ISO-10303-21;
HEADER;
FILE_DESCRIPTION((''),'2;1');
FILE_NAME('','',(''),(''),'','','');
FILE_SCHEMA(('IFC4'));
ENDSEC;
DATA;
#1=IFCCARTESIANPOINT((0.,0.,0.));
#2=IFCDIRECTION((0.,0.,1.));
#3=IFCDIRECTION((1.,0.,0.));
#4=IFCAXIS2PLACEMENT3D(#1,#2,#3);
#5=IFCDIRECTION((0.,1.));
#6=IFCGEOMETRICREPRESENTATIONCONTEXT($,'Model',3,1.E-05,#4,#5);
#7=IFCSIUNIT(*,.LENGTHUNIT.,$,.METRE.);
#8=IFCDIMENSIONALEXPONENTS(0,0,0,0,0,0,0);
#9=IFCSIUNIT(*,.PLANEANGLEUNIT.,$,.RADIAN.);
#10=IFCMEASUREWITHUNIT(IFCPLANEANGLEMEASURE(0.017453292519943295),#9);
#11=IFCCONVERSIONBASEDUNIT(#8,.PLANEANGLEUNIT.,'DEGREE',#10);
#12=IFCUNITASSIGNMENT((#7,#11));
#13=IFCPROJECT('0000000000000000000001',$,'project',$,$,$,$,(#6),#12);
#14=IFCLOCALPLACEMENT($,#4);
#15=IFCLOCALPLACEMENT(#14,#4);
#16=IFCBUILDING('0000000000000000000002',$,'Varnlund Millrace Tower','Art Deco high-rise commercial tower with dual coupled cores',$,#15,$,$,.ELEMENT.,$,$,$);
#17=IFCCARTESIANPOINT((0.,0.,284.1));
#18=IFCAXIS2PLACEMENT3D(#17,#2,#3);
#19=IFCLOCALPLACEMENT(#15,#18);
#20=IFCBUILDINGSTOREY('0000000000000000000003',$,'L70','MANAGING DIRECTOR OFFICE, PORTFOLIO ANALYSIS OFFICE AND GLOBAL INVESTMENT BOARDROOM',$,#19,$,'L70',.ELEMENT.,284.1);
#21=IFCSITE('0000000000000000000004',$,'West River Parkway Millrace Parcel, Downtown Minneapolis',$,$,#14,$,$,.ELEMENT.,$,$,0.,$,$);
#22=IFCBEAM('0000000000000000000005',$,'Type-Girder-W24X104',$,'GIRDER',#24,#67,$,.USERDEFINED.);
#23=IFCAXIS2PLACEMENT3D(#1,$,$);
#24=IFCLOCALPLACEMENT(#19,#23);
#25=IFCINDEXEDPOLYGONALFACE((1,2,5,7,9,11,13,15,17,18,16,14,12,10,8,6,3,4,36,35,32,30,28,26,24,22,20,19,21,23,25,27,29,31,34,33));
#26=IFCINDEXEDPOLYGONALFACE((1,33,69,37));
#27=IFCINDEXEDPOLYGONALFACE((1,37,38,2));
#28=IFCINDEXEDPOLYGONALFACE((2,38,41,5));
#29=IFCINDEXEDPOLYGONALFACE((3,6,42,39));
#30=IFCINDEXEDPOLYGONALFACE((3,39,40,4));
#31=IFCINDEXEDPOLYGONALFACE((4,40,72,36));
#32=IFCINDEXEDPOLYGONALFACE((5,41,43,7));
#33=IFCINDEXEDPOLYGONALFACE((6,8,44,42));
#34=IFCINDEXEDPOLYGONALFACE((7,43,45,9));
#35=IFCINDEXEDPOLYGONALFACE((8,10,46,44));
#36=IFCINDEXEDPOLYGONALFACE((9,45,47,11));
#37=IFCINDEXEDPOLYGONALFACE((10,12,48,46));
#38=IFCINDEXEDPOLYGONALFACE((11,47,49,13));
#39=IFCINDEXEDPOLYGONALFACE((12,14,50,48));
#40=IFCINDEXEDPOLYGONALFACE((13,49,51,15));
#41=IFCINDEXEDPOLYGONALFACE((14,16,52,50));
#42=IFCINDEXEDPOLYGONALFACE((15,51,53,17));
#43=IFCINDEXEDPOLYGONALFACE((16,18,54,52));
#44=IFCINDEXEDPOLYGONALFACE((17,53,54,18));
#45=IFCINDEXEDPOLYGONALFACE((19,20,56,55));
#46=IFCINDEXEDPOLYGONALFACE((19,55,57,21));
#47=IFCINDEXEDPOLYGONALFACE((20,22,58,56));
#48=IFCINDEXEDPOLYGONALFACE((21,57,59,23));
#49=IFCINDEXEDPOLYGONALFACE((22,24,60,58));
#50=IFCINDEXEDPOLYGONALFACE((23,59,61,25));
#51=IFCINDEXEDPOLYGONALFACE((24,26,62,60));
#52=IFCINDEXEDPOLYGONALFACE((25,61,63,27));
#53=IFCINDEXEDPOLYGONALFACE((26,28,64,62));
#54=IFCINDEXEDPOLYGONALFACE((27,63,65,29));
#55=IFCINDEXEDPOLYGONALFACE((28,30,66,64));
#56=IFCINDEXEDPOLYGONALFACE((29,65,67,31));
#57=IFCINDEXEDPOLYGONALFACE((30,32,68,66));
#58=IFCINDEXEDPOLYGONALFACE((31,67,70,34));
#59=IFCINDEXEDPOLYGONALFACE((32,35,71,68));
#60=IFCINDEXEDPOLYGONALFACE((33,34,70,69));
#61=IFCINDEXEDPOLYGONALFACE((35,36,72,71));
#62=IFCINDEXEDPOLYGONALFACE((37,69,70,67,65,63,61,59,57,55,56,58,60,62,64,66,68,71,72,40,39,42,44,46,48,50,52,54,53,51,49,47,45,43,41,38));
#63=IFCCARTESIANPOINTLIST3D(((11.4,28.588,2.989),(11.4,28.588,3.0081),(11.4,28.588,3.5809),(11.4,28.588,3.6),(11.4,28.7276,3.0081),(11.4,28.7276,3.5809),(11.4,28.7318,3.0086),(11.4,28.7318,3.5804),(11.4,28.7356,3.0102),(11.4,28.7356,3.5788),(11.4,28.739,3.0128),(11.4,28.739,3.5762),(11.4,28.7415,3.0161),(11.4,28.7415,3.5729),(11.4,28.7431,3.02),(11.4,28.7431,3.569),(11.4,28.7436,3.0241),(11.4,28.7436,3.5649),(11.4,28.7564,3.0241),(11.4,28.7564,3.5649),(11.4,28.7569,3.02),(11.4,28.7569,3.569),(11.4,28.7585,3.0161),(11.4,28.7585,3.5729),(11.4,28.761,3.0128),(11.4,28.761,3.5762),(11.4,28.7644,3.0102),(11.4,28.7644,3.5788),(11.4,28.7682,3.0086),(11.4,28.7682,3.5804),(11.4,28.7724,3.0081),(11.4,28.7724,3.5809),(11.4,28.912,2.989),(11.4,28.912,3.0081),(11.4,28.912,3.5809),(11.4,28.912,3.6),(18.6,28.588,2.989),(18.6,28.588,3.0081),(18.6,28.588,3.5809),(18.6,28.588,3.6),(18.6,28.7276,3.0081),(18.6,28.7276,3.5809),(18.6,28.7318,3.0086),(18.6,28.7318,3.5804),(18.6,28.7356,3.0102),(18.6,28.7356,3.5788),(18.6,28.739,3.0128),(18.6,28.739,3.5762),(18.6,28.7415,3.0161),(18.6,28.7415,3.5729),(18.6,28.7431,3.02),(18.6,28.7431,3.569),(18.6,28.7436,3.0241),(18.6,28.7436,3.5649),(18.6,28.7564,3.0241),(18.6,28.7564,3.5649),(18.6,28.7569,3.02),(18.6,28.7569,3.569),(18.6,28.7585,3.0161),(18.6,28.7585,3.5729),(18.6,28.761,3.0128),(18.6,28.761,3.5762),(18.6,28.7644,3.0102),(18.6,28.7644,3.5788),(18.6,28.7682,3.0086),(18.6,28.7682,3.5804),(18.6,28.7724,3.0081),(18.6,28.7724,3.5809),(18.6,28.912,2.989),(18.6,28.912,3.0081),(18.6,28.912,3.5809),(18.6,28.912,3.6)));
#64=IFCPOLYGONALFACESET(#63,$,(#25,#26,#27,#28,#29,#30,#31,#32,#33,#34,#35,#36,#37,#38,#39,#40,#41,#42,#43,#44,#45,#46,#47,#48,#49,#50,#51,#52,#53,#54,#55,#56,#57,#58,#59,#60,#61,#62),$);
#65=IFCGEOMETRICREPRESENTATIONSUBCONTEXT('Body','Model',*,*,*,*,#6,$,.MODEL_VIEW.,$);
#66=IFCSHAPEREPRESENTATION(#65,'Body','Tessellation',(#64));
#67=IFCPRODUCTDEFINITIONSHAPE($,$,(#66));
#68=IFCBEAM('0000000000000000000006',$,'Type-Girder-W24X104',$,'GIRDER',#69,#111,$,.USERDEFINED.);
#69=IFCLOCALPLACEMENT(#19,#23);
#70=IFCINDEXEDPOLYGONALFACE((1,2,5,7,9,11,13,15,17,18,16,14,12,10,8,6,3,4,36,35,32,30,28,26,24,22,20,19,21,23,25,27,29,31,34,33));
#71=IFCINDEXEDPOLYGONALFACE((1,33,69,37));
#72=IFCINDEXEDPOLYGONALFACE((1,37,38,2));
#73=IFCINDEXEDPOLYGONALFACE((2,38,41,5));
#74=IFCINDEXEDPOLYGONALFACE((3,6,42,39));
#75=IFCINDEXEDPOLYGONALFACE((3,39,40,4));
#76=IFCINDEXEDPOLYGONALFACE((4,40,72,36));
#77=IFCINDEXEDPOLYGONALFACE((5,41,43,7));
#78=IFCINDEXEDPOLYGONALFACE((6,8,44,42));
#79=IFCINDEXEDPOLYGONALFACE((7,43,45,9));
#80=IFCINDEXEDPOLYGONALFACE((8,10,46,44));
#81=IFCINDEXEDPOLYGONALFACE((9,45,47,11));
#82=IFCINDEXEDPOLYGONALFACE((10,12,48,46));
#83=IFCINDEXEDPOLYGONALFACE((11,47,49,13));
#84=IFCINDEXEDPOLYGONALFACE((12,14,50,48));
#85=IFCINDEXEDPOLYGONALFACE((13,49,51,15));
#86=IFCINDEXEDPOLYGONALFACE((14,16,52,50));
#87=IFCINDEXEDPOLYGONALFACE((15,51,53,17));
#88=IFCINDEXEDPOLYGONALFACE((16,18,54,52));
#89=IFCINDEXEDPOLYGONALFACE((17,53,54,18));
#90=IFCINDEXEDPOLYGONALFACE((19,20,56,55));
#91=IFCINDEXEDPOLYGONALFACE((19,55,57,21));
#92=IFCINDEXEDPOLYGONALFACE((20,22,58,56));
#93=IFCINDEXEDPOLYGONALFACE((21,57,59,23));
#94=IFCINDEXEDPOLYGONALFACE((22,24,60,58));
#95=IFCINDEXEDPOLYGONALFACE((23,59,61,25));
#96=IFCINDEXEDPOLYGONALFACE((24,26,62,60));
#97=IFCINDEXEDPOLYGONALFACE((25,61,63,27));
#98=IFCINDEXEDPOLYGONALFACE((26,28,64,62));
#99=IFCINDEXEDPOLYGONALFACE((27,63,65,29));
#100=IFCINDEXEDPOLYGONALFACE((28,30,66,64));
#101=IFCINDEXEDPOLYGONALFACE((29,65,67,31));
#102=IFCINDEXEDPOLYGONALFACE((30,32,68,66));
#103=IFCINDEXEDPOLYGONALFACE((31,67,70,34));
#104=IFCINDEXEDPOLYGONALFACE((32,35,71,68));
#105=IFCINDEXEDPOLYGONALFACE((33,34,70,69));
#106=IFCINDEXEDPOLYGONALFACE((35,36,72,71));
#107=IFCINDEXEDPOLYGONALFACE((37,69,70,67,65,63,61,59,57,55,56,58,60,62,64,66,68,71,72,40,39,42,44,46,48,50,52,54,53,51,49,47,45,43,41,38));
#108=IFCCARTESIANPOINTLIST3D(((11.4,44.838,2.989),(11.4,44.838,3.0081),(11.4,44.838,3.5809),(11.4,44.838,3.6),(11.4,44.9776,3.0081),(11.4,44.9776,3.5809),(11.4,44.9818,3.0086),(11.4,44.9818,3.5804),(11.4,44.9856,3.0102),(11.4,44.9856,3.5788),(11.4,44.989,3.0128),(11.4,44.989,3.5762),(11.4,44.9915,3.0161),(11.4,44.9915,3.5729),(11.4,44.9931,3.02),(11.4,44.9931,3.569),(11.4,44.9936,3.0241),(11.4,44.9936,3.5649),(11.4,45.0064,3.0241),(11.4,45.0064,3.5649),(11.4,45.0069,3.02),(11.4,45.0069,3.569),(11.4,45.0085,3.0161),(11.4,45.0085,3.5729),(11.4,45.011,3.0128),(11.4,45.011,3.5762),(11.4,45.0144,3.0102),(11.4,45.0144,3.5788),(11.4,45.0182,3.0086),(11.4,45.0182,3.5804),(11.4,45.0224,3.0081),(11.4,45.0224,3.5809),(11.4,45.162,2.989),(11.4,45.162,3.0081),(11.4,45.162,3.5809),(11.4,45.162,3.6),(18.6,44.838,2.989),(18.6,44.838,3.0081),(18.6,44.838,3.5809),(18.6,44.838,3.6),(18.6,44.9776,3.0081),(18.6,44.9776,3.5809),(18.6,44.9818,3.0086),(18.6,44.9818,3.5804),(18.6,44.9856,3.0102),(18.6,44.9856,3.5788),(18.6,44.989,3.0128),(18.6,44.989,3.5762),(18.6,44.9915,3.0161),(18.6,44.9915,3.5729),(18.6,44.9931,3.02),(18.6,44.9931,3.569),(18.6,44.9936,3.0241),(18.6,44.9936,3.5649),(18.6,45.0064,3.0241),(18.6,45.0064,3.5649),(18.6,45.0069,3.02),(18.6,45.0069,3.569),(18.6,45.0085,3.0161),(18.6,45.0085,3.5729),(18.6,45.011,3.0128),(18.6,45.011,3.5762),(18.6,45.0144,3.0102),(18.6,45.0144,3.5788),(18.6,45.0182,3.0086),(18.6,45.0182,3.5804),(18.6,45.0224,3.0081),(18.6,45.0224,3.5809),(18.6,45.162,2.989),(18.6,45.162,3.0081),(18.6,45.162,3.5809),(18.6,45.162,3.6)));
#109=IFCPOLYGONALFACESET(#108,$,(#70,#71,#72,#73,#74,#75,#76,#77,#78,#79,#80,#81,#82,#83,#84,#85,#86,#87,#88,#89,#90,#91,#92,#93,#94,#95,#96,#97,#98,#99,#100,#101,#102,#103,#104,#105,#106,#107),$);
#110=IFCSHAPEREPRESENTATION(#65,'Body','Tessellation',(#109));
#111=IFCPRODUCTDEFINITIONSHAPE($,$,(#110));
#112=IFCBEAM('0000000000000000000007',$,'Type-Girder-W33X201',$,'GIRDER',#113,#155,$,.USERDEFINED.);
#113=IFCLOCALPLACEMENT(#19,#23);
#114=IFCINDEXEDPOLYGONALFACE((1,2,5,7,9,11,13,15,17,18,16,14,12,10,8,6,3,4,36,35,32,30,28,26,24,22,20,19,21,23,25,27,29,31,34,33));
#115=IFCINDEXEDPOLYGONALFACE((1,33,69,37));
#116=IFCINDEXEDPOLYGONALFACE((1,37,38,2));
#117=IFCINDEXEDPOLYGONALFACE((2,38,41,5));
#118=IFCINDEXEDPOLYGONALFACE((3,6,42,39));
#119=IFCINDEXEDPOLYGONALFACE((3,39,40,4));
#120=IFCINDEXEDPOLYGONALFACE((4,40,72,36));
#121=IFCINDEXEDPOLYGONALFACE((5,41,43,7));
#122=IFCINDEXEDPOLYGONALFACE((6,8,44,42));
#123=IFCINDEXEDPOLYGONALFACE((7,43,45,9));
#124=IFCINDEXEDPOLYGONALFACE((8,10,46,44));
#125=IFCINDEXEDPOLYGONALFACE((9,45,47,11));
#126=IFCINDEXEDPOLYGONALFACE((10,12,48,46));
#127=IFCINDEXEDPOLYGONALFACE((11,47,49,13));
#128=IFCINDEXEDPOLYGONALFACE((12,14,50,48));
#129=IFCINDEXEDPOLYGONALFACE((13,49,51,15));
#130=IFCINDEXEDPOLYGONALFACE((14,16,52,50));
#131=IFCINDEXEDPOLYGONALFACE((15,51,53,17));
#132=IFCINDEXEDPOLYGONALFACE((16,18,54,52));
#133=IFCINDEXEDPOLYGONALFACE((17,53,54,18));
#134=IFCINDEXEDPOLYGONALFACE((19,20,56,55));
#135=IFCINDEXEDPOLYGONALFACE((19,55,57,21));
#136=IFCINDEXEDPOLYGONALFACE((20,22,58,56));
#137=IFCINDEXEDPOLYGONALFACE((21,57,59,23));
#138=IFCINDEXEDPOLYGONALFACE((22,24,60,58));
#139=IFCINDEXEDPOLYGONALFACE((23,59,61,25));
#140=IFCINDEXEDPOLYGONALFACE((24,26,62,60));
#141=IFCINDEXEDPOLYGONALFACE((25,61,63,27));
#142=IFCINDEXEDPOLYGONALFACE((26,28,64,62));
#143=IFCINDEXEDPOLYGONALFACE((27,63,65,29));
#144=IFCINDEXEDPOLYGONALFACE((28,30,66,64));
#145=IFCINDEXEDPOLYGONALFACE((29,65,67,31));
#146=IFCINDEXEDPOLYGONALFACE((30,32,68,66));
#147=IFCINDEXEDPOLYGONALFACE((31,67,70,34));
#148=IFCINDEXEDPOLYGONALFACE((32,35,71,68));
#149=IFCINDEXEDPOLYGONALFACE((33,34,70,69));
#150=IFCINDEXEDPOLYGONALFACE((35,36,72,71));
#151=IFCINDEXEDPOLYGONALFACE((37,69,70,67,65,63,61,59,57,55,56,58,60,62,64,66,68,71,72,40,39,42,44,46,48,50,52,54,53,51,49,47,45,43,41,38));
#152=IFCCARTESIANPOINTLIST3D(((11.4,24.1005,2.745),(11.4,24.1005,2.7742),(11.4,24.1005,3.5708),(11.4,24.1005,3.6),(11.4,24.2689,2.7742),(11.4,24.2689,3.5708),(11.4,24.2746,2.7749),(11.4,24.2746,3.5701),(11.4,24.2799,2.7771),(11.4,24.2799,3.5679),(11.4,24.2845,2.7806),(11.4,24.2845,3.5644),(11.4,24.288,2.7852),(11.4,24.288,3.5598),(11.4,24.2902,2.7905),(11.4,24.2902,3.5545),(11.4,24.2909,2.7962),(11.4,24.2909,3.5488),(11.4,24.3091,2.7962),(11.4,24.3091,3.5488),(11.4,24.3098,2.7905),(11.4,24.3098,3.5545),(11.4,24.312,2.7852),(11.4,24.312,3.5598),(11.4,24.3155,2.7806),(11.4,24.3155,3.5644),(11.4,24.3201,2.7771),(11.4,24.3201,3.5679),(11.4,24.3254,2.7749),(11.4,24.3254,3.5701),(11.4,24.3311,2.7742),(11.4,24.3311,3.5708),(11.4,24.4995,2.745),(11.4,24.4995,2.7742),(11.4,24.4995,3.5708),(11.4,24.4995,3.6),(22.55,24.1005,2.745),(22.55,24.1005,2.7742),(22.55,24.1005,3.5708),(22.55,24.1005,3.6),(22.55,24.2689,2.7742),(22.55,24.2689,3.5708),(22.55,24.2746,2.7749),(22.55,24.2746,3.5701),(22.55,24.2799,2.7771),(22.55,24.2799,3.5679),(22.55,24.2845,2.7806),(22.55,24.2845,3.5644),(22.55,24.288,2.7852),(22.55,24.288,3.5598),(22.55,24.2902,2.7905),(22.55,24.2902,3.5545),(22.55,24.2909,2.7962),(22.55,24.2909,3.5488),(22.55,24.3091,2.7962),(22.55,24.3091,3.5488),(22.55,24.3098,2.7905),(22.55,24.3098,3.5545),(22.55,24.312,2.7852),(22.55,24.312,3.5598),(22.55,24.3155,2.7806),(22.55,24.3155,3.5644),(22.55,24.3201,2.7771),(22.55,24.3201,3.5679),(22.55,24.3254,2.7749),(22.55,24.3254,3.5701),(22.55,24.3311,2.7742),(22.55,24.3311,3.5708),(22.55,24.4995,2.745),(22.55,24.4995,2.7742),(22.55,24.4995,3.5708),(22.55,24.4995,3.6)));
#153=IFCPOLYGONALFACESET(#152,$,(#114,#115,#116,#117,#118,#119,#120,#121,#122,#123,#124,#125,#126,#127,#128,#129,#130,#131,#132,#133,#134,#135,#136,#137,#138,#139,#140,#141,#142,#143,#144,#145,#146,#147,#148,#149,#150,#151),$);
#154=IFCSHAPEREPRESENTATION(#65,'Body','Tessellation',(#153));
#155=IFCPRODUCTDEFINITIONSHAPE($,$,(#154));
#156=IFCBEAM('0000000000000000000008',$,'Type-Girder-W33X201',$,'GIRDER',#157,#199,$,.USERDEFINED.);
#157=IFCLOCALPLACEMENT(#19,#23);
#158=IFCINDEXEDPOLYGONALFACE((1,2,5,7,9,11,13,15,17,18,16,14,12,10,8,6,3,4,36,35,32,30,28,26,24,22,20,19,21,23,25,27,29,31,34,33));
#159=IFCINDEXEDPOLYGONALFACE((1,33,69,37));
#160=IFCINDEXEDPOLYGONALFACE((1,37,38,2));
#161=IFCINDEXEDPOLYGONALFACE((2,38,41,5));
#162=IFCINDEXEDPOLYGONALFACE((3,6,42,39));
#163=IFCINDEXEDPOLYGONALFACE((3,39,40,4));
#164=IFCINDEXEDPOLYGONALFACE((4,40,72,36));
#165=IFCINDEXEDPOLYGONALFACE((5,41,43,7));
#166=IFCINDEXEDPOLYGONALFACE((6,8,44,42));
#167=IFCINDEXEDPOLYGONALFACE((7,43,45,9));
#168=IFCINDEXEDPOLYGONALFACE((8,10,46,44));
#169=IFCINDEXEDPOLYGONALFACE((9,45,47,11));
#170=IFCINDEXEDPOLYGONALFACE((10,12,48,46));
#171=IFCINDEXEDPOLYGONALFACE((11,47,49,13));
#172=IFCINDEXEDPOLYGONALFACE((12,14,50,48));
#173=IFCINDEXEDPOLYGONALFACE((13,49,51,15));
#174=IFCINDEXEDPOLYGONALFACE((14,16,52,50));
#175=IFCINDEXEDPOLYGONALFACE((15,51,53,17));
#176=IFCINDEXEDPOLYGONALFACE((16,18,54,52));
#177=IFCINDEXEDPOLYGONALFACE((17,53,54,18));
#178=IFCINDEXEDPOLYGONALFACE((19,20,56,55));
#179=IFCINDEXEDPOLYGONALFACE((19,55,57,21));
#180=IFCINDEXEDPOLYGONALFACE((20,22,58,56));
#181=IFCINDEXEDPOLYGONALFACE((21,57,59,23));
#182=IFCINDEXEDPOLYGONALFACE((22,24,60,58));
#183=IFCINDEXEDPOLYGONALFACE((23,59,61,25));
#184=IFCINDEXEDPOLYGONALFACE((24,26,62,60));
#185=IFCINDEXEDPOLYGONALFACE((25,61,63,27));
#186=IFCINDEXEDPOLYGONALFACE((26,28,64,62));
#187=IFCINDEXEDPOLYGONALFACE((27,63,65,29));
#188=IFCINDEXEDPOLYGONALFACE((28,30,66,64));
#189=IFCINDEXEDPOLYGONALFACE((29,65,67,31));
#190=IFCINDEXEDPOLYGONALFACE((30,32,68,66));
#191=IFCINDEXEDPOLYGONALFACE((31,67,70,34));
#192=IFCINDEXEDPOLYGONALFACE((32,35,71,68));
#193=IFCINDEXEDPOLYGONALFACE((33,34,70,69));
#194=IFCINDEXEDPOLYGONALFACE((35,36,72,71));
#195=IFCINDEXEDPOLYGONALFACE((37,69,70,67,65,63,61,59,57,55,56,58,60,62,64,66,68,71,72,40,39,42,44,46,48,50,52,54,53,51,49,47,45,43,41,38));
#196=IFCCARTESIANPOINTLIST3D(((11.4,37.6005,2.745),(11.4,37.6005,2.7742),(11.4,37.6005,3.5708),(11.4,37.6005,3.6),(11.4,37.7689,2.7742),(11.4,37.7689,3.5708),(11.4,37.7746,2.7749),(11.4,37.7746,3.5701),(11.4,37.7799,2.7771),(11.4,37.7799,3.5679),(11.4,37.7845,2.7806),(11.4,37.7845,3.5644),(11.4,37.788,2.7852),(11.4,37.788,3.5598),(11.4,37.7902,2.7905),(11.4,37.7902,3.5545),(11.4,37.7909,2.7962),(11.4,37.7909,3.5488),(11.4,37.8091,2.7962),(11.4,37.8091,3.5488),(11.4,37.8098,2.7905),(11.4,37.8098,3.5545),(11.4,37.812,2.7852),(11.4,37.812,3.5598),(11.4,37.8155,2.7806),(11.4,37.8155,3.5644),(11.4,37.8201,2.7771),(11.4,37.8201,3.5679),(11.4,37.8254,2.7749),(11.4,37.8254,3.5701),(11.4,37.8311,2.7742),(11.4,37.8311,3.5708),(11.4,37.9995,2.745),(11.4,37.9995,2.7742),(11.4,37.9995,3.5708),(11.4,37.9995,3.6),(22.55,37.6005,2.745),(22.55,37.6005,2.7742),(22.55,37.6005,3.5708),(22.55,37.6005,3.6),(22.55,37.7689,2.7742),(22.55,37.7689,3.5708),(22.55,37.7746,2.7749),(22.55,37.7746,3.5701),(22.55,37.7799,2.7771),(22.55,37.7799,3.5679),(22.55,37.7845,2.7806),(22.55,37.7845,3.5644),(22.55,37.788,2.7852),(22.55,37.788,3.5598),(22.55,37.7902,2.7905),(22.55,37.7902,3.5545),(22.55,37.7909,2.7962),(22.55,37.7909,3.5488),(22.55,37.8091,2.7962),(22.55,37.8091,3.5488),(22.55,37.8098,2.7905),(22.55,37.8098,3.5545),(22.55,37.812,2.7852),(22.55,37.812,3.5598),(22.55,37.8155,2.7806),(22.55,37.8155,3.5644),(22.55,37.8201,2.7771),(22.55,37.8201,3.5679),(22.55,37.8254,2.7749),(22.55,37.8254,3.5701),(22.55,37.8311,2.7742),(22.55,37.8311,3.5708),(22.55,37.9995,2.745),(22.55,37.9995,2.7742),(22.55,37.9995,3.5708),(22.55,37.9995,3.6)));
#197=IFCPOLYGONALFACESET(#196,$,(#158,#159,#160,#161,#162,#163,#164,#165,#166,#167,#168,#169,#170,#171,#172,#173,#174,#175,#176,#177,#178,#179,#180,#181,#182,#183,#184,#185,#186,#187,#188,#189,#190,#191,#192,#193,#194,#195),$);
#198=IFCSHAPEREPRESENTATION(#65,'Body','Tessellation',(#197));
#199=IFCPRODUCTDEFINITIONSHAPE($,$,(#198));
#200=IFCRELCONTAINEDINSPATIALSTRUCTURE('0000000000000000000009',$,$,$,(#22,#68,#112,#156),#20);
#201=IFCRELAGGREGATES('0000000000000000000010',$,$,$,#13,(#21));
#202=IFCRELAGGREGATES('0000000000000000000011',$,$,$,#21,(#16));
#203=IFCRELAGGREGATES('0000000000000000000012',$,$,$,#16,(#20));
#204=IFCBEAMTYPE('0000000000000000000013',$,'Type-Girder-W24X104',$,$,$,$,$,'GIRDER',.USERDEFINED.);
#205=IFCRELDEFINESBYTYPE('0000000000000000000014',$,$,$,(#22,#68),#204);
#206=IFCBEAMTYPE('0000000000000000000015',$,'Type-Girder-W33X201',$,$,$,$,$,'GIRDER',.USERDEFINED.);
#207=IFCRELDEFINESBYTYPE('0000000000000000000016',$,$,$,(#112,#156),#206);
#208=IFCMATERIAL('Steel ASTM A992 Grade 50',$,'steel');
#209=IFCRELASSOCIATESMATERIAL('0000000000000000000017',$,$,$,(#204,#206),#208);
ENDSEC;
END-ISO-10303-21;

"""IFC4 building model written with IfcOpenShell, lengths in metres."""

from ifc_helpers import new_model, entity, si_unit, converted_unit, direction, frame, origin_with_axes, origin_2d_with_axis, place, context, subcontext, project, spatial, i_section, extrude, material, material_profile, profile_set, type_object, element, save


model = new_model("IFC4")

# Units and contexts
model_context = context("Model", 3, precision=1e-05, world=origin_with_axes(), true_north=direction((0.0, 1.0)))
body_context = subcontext(model_context, "Body", "Model", "MODEL_VIEW")
ifc_project = project(units=[si_unit("LENGTHUNIT", "METRE"), converted_unit("PLANEANGLEUNIT", "DEGREE", entity("IfcPlaneAngleMeasure", 0.017453292519943295), si_unit("PLANEANGLEUNIT", "RADIAN"), dimensions=[0, 0, 0, 0, 0, 0, 0])], contexts=[model_context])

# Site, building, storey
site_placement = place(None, origin_with_axes())
site = spatial("IfcSite", under=ifc_project, at=site_placement, Name="West River Parkway Millrace Parcel, Downtown Minneapolis", CompositionType="ELEMENT", RefElevation=0.0)
building_placement = place(site_placement, origin_with_axes())
building = spatial("IfcBuilding", under=site, at=building_placement, Name="Varnlund Millrace Tower", Description="Art Deco high-rise commercial tower with dual coupled cores", CompositionType="ELEMENT")
storey_placement = place(building_placement, frame((0.0, 0.0, 284.1), z_axis=(0.0, 0.0, 1.0), x_axis=(1.0, 0.0, 0.0)))
storey = spatial("IfcBuildingStorey", under=building, at=storey_placement, Name="L70", Description="MANAGING DIRECTOR OFFICE, PORTFOLIO ANALYSIS OFFICE AND GLOBAL INVESTMENT BOARDROOM", LongName="L70", CompositionType="ELEMENT", Elevation=284.1)

# Beams
ifc_material_1 = material(Name="Steel ASTM A992 Grade 50", Category="steel")
ifc_material_profile_1 = material_profile(ifc_material_1, i_section(OverallWidth=0.324, OverallDepth=0.611, WebThickness=0.0127, FlangeThickness=0.0191, FilletRadius=0.016, at=origin_2d_with_axis()), Name="Steel ASTM A992 Grade 50")
ifc_profile_set_1 = profile_set([ifc_material_profile_1], Name="Steel ASTM A992 Grade 50")
beam_type_1 = type_object("IfcBeamType", Name="Type-Girder-W24X104", ElementType="GIRDER", PredefinedType="USERDEFINED", material=ifc_profile_set_1)
for number, where, z_axis, x_axis, name in (
    (1, (11.4, 28.75, 3.2945), (1.0, 0.0, 0.0), (0.0, 1.0, 0.0), "Type-Girder-W24X104"),
    (2, (11.4, 45.0, 3.2945), (1.0, 0.0, 0.0), (0.0, 1.0, 0.0), "Type-Girder-W24X104"),
):
    element("IfcBeam", number, at=place(storey_placement, frame(where, z_axis=z_axis, x_axis=x_axis)), inside=storey, type_object=beam_type_1, Name=name, ObjectType="GIRDER", PredefinedType="USERDEFINED", context=body_context, shape_type="SweptSolid", body=[
        extrude(i_section(OverallWidth=0.324, OverallDepth=0.611, WebThickness=0.0127, FlangeThickness=0.0191, FilletRadius=0.016, at=origin_2d_with_axis()), origin_with_axes(), (0.0, 0.0, 1.0), 7.2),
    ])
ifc_material_profile_2 = material_profile(ifc_material_1, i_section(OverallWidth=0.399, OverallDepth=0.855, WebThickness=0.0182, FlangeThickness=0.0292, FilletRadius=0.022, at=origin_2d_with_axis()), Name="Steel ASTM A992 Grade 50")
ifc_profile_set_2 = profile_set([ifc_material_profile_2], Name="Steel ASTM A992 Grade 50")
beam_type_2 = type_object("IfcBeamType", Name="Type-Girder-W33X201", ElementType="GIRDER", PredefinedType="USERDEFINED", material=ifc_profile_set_2)
for number, where, z_axis, x_axis, name in (
    (3, (11.4, 24.3, 3.1725), (1.0, 0.0, 0.0), (0.0, 1.0, 0.0), "Type-Girder-W33X201"),
    (4, (11.4, 37.8, 3.1725), (1.0, 0.0, 0.0), (0.0, 1.0, 0.0), "Type-Girder-W33X201"),
):
    element("IfcBeam", number, at=place(storey_placement, frame(where, z_axis=z_axis, x_axis=x_axis)), inside=storey, type_object=beam_type_2, Name=name, ObjectType="GIRDER", PredefinedType="USERDEFINED", context=body_context, shape_type="SweptSolid", body=[
        extrude(i_section(OverallWidth=0.399, OverallDepth=0.855, WebThickness=0.0182, FlangeThickness=0.0292, FilletRadius=0.022, at=origin_2d_with_axis()), origin_with_axes(), (0.0, 0.0, 1.0), 11.15),
    ])

save(model, "model.ifc")
